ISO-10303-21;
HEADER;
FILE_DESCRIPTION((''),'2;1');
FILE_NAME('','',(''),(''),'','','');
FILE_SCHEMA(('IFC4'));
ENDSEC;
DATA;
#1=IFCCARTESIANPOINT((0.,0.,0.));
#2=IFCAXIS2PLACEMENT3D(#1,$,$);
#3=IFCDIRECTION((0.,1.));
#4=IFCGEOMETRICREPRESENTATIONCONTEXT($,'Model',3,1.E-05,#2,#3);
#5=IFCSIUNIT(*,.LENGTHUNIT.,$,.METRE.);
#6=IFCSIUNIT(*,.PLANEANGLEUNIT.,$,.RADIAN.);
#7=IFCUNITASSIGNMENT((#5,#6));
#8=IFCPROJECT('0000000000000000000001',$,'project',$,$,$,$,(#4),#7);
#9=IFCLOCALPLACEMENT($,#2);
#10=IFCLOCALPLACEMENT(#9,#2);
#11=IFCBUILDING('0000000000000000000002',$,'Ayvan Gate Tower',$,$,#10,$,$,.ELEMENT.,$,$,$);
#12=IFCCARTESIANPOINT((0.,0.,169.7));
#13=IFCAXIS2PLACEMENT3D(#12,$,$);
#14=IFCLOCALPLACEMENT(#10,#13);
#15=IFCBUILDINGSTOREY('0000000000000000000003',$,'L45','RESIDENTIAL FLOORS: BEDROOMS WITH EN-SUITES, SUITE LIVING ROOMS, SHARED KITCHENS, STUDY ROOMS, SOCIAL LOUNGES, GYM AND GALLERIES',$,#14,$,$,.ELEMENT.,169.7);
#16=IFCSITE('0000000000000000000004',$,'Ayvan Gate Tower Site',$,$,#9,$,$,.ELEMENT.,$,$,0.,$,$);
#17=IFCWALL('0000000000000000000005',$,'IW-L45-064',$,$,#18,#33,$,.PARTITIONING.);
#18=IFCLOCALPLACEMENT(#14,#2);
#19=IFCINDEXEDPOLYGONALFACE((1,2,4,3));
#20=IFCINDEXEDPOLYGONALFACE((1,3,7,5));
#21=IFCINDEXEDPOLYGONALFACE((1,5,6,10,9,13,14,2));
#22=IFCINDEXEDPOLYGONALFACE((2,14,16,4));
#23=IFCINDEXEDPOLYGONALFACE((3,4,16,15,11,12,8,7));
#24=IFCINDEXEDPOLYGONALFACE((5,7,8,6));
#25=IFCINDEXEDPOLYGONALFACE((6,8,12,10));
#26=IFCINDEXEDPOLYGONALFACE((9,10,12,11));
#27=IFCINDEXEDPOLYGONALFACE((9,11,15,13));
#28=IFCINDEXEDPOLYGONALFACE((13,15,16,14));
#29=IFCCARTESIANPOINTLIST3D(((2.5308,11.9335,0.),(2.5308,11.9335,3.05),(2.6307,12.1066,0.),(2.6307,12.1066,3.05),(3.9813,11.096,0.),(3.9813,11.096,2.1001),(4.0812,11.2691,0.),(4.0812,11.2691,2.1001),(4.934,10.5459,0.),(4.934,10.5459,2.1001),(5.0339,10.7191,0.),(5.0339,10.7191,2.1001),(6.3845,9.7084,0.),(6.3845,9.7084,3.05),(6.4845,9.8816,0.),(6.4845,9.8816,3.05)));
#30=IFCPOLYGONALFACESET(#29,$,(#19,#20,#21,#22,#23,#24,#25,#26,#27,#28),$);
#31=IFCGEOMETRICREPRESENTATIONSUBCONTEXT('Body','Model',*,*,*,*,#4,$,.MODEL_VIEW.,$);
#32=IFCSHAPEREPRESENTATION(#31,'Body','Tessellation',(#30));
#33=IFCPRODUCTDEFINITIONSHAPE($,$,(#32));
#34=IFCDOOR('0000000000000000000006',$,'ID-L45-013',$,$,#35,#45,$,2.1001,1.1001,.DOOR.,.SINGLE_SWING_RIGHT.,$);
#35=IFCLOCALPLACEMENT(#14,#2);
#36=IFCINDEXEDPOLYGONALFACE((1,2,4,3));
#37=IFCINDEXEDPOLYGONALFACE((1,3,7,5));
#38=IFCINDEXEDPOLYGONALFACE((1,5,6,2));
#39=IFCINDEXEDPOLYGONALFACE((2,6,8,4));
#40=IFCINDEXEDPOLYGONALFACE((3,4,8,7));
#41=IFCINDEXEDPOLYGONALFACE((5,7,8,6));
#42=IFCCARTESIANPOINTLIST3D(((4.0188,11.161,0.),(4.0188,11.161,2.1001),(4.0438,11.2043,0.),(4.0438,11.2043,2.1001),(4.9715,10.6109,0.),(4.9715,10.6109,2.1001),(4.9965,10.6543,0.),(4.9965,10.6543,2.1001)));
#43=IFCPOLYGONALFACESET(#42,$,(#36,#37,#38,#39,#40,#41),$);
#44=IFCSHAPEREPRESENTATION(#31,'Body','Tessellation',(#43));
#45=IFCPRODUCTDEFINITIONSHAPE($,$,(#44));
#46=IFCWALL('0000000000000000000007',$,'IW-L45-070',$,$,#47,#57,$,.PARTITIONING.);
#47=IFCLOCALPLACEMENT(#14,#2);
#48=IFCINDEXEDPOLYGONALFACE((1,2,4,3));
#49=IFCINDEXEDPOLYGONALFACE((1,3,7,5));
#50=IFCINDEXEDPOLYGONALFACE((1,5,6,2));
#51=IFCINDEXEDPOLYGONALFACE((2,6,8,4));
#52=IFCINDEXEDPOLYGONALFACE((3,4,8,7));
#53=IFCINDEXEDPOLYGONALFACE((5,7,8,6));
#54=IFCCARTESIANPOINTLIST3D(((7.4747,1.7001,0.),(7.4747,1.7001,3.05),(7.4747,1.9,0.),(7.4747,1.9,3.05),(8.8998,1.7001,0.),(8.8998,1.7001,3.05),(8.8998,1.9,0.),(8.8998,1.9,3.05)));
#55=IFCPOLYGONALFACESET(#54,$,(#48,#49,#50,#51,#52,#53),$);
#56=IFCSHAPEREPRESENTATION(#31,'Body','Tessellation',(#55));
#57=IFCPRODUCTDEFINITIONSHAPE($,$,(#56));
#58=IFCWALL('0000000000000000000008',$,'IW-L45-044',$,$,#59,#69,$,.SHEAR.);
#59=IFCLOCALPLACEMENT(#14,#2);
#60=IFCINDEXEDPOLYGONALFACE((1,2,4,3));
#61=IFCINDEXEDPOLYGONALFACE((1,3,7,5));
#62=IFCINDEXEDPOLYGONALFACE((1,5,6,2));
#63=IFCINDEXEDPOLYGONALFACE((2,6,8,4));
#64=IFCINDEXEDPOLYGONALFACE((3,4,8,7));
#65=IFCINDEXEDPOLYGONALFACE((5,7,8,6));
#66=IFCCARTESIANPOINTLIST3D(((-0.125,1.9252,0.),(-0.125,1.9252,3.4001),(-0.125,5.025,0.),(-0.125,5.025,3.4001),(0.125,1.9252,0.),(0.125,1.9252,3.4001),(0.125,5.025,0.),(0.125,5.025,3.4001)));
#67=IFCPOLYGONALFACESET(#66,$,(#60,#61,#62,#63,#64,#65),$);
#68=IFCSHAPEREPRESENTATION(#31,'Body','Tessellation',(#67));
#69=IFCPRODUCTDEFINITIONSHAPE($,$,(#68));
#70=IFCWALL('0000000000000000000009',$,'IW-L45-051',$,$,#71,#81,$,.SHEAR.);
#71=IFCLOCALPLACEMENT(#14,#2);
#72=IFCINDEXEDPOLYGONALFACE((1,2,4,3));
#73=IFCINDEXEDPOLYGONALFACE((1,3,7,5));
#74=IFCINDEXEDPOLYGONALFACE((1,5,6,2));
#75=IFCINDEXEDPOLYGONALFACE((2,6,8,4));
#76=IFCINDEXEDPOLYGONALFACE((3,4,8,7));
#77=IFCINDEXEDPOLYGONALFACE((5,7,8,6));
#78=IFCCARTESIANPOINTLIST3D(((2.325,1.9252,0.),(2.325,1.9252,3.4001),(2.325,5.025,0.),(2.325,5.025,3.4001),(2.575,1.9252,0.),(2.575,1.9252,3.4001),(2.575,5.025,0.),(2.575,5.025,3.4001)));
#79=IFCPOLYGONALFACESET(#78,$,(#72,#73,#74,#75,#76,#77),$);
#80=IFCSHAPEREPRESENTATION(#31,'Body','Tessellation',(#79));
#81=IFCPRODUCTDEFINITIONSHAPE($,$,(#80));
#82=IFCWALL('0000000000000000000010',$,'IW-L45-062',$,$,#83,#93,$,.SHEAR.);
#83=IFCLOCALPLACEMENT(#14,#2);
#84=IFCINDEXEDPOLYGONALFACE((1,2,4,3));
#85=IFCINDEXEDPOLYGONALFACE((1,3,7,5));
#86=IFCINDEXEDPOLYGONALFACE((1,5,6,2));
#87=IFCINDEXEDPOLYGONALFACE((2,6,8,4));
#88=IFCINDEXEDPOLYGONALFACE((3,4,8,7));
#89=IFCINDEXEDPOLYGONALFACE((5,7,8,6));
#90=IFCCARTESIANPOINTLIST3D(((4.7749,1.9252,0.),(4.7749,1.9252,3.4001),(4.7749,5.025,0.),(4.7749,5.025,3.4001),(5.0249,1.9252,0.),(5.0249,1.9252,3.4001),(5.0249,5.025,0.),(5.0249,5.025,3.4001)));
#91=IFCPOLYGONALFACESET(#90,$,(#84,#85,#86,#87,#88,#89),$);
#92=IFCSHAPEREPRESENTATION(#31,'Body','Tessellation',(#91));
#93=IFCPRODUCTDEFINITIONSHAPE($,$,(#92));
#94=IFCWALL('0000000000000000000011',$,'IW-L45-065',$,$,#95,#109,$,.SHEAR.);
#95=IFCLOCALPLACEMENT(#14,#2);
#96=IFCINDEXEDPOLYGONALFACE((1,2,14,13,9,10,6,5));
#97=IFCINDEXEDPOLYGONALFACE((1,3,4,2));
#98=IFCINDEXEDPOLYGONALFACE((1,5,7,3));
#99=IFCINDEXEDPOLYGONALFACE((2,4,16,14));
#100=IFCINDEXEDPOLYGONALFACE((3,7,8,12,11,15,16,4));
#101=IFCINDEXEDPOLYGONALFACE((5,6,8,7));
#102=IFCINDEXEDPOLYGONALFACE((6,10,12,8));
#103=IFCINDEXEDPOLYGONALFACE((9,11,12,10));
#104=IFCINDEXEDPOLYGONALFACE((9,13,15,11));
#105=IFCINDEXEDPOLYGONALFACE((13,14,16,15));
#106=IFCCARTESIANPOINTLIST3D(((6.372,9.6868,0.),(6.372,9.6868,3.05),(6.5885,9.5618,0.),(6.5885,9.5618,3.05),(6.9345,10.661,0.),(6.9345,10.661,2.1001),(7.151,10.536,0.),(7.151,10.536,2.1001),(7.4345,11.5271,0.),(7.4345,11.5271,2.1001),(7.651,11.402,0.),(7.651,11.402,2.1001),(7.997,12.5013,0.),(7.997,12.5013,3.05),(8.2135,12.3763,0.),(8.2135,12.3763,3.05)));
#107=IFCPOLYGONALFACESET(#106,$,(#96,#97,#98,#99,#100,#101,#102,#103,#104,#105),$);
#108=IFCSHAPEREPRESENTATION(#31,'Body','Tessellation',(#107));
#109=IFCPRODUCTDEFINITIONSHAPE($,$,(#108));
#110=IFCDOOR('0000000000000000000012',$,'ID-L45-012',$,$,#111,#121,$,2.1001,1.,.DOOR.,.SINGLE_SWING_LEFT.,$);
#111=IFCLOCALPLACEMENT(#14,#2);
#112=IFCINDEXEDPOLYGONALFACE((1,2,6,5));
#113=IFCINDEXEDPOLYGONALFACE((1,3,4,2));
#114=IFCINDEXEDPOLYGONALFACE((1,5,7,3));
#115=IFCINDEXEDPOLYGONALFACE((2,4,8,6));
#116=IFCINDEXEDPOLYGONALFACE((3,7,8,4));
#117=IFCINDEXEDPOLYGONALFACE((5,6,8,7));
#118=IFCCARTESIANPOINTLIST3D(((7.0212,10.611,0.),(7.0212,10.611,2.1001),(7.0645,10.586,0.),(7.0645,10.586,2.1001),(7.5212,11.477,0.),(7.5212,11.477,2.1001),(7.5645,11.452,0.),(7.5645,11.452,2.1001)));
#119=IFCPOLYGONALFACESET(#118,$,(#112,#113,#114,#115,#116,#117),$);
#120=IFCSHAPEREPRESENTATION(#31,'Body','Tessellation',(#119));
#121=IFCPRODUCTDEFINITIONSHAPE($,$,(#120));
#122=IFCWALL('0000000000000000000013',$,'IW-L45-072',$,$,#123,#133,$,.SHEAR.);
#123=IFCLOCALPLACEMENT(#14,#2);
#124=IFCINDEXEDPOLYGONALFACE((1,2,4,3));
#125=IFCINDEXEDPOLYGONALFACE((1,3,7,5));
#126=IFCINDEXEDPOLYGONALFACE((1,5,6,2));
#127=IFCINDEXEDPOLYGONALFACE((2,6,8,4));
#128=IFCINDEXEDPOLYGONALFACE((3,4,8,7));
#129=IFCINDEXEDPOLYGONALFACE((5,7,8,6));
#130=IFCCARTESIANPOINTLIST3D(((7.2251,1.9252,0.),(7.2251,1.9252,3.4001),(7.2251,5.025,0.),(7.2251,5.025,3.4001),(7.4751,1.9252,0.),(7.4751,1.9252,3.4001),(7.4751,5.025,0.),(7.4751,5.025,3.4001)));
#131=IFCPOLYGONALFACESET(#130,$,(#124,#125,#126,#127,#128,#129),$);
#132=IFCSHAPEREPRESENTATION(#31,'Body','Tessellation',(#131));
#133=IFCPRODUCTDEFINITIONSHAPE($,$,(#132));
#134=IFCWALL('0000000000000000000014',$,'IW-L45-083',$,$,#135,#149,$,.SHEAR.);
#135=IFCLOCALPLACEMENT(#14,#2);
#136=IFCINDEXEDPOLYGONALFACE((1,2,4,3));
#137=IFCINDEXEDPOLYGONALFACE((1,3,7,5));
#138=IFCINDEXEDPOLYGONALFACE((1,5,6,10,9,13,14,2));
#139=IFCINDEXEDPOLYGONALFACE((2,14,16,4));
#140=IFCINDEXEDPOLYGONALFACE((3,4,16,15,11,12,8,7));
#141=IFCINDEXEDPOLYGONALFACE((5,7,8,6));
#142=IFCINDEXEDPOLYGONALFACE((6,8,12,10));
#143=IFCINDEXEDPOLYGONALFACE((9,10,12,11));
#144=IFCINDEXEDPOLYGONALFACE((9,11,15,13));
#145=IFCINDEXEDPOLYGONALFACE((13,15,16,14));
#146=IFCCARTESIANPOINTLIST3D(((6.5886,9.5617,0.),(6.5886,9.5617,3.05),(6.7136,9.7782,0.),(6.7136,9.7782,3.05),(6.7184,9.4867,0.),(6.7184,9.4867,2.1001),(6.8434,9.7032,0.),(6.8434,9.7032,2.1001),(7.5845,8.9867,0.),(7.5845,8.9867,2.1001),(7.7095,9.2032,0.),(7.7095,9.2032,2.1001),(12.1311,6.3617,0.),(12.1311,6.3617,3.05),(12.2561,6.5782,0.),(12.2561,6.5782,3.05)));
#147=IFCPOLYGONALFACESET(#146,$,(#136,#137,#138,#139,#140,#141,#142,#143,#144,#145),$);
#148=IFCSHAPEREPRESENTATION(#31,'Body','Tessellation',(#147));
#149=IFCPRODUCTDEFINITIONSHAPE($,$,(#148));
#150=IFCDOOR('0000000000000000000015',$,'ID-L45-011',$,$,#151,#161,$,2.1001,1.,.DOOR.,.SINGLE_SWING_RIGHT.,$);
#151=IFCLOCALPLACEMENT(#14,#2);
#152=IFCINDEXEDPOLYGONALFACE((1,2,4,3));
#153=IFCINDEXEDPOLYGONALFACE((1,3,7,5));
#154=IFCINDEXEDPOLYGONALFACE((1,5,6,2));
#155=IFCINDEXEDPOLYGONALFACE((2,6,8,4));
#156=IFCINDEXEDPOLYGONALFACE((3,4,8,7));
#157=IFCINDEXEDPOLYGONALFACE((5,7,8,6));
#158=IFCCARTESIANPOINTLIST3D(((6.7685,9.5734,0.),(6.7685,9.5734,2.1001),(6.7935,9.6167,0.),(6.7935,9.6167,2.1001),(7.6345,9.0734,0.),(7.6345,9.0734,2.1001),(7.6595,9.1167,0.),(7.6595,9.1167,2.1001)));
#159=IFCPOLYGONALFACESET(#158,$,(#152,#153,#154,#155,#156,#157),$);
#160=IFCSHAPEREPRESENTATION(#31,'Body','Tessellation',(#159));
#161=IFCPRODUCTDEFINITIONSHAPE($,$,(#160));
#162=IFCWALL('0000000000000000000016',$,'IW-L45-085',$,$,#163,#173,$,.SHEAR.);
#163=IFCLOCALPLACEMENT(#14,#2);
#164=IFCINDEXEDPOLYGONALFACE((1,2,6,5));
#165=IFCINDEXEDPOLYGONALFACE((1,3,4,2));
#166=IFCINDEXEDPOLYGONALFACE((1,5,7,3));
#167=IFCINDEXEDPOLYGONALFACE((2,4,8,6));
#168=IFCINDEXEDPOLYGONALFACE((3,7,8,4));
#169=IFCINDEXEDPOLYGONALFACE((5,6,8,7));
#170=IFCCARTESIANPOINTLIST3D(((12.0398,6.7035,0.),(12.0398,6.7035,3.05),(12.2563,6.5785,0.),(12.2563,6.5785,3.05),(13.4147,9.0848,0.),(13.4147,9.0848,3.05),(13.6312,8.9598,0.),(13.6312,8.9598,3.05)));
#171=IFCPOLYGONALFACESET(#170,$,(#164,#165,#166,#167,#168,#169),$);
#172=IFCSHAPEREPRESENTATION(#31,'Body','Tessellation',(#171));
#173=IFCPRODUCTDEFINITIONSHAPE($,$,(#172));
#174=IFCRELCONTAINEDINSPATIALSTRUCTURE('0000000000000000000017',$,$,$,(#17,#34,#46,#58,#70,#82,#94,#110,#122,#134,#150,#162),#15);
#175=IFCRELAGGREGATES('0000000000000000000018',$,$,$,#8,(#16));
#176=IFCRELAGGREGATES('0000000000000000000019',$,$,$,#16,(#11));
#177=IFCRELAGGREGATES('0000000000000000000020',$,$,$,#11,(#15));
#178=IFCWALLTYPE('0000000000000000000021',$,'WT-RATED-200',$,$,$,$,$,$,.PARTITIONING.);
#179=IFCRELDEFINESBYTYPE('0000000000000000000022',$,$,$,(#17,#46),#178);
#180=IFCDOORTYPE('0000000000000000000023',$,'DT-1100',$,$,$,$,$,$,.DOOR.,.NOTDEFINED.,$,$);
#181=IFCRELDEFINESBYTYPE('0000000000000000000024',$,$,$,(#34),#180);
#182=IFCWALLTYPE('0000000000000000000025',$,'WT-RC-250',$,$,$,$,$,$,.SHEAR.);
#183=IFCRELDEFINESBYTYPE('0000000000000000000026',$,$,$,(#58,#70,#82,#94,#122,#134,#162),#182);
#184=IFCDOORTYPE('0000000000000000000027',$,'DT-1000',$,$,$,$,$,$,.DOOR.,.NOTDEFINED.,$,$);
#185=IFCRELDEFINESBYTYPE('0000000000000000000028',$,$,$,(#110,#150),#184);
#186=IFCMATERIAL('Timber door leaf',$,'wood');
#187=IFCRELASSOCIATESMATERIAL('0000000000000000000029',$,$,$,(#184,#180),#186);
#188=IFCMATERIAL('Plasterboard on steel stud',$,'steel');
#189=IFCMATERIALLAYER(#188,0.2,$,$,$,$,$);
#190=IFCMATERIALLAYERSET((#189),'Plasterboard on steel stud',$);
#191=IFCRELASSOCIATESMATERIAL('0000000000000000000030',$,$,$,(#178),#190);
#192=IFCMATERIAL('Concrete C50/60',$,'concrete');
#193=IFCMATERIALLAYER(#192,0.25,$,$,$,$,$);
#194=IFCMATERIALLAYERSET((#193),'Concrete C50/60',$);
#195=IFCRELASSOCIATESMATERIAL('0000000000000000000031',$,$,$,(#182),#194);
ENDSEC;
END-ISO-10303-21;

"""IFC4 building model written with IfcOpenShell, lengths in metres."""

from ifc_helpers import new_model, si_unit, direction, frame, frame_2d, origin, place, context, subcontext, project, spatial, rectangle, extrude, material, layer, layer_set, type_object, element, fill, save


model = new_model("IFC4")

# Units and contexts
model_context = context("Model", 3, precision=1e-05, world=origin(), true_north=direction((0.0, 1.0)))
body_context = subcontext(model_context, "Body", "Model", "MODEL_VIEW")
ifc_project = project(units=[si_unit("LENGTHUNIT", "METRE"), si_unit("PLANEANGLEUNIT", "RADIAN")], contexts=[model_context])

# Site, building, storey
site_placement = place(None, origin())
site = spatial("IfcSite", under=ifc_project, at=site_placement, Name="Ayvan Gate Tower Site", CompositionType="ELEMENT", RefElevation=0.0)
building_placement = place(site_placement, origin())
building = spatial("IfcBuilding", under=site, at=building_placement, Name="Ayvan Gate Tower", CompositionType="ELEMENT")
storey_placement = place(building_placement, frame((0.0, 0.0, 169.7)))
storey = spatial("IfcBuildingStorey", under=building, at=storey_placement, Name="L45", Description="RESIDENTIAL FLOORS: BEDROOMS WITH EN-SUITES, SUITE LIVING ROOMS, SHARED KITCHENS, STUDY ROOMS, SOCIAL LOUNGES, GYM AND GALLERIES", CompositionType="ELEMENT", Elevation=169.7)

# Shared definitions
ifc_material_1 = material(Name="Timber door leaf", Category="wood")

# Shared definitions
ifc_material_2 = material(Name="Plasterboard on steel stud", Category="steel")
door_type_1 = type_object("IfcDoorType", Name="DT-1000", OperationType="NOTDEFINED", PredefinedType="DOOR", material=ifc_material_1)

# Shared definitions
ifc_layer_1 = layer(ifc_material_2, 0.2)
ifc_layer_set_1 = layer_set([ifc_layer_1], Name="Plasterboard on steel stud")
wall_type_1 = type_object("IfcWallType", Name="WT-RATED-200", PredefinedType="PARTITIONING", material=ifc_layer_set_1)

# Wall, opening, door
wall_1_placement = place(storey_placement, frame((6.4346, 9.7949, 0.0), z_axis=(0.0, 0.0, 1.0), x_axis=(-0.866013, 0.500022, 0.0)))
wall_1 = element("IfcWall", 1, at=wall_1_placement, inside=storey, type_object=wall_type_1, Name="IW-L45-064", PredefinedType="PARTITIONING", context=body_context, shape_type="SweptSolid", body=[
    extrude(rectangle(XDim=4.45, YDim=0.2, at=frame_2d((2.2251, 0.0))), origin(), (0.0, 0.0, 1.0), 3.05),
])
opening_1_placement = place(wall_1_placement, frame((1.675, 0.0, 0.0)))
opening_1 = element("IfcOpeningElement", 2, at=opening_1_placement, cuts=wall_1, PredefinedType="OPENING", context=body_context, shape_type="SweptSolid", body=[
    extrude(rectangle(XDim=1.1001, YDim=2.1001, at=frame_2d((0.55, 1.05))), frame((0.0, 0.1099, 0.0), z_axis=(0.0, -1.0, 0.0), x_axis=(1.0, 0.0, 0.0)), (0.0, 0.0, 1.0), 0.22),
])
door_type_2 = type_object("IfcDoorType", Name="DT-1100", OperationType="NOTDEFINED", PredefinedType="DOOR", material=ifc_material_1)
door_1_placement = place(opening_1_placement, origin())
door_1 = element("IfcDoor", 3, at=door_1_placement, inside=storey, type_object=door_type_2, Name="ID-L45-013", OperationType="SINGLE_SWING_RIGHT", OverallHeight=2.1001, OverallWidth=1.1001, PredefinedType="DOOR", context=body_context, shape_type="SweptSolid", body=[
    extrude(rectangle(XDim=1.1001, YDim=2.1001, at=frame_2d((0.55, 1.05))), frame((0.0, 0.0249, 0.0), z_axis=(0.0, -1.0, 0.0), x_axis=(1.0, 0.0, 0.0)), (0.0, 0.0, 1.0), 0.05),
])
fill(opening_1, door_1)

# Walls
wall_2_placement = place(storey_placement, frame((7.4749, 1.8, 0.0), z_axis=(0.0, 0.0, 1.0), x_axis=(1.0, 0.0, 0.0)))
element("IfcWall", 4, at=wall_2_placement, inside=storey, type_object=wall_type_1, Name="IW-L45-070", PredefinedType="PARTITIONING", context=body_context, shape_type="SweptSolid", body=[
    extrude(rectangle(XDim=1.425, YDim=0.2, at=frame_2d((0.7124, 0.0))), origin(), (0.0, 0.0, 1.0), 3.05),
])
ifc_material_3 = material(Name="Concrete C50/60", Category="concrete")
ifc_layer_2 = layer(ifc_material_3, 0.25)
ifc_layer_set_2 = layer_set([ifc_layer_2], Name="Concrete C50/60")
wall_type_2 = type_object("IfcWallType", Name="WT-RC-250", PredefinedType="SHEAR", material=ifc_layer_set_2)
for number, where, z_axis, x_axis, name in (
    (5, (0.0, 5.0249, 0.0), (0.0, 0.0, 1.0), (0.0, -1.0, 0.0), "IW-L45-044"),
    (6, (2.45, 5.0249, 0.0), (0.0, 0.0, 1.0), (0.0, -1.0, 0.0), "IW-L45-051"),
    (7, (4.8999, 5.0249, 0.0), (0.0, 0.0, 1.0), (0.0, -1.0, 0.0), "IW-L45-062"),
):
    element("IfcWall", number, at=place(storey_placement, frame(where, z_axis=z_axis, x_axis=x_axis)), inside=storey, type_object=wall_type_2, Name=name, PredefinedType="SHEAR", context=body_context, shape_type="SweptSolid", body=[
        extrude(rectangle(XDim=3.0999, YDim=0.25, at=frame_2d((1.5498, 0.0))), origin(), (0.0, 0.0, 1.0), 3.4001),
    ])

# Wall, opening, door
wall_3_placement = place(storey_placement, frame((6.4802, 9.6243, 0.0), z_axis=(0.0, 0.0, 1.0), x_axis=(0.500017, 0.866015, 0.0)))
wall_3 = element("IfcWall", 8, at=wall_3_placement, inside=storey, type_object=wall_type_2, Name="IW-L45-065", PredefinedType="SHEAR", context=body_context, shape_type="SweptSolid", body=[
    extrude(rectangle(XDim=3.25, YDim=0.25, at=frame_2d((1.625, 0.0))), origin(), (0.0, 0.0, 1.0), 3.05),
])
opening_2_placement = place(wall_3_placement, frame((1.125, 0.0, 0.0)))
opening_2 = element("IfcOpeningElement", 9, at=opening_2_placement, cuts=wall_3, PredefinedType="OPENING", context=body_context, shape_type="SweptSolid", body=[
    extrude(rectangle(XDim=1.0, YDim=2.1001, at=frame_2d((0.5, 1.05))), frame((0.0, 0.135, 0.0), z_axis=(0.0, -1.0, 0.0), x_axis=(1.0, 0.0, 0.0)), (0.0, 0.0, 1.0), 0.27),
])
door_2_placement = place(opening_2_placement, origin())
door_2 = element("IfcDoor", 10, at=door_2_placement, inside=storey, type_object=door_type_1, Name="ID-L45-012", OperationType="SINGLE_SWING_LEFT", OverallHeight=2.1001, OverallWidth=1.0, PredefinedType="DOOR", context=body_context, shape_type="SweptSolid", body=[
    extrude(rectangle(XDim=1.0, YDim=2.1001, at=frame_2d((0.5, 1.05))), frame((0.0, 0.0249, 0.0), z_axis=(0.0, -1.0, 0.0), x_axis=(1.0, 0.0, 0.0)), (0.0, 0.0, 1.0), 0.05),
])
fill(opening_2, door_2)

# Wall
wall_4_placement = place(storey_placement, frame((7.3501, 5.0249, 0.0), z_axis=(0.0, 0.0, 1.0), x_axis=(0.0, -1.0, 0.0)))
element("IfcWall", 11, at=wall_4_placement, inside=storey, type_object=wall_type_2, Name="IW-L45-072", PredefinedType="SHEAR", context=body_context, shape_type="SweptSolid", body=[
    extrude(rectangle(XDim=3.0999, YDim=0.25, at=frame_2d((1.5498, 0.0))), origin(), (0.0, 0.0, 1.0), 3.4001),
])

# Wall, opening, door
wall_5_placement = place(storey_placement, frame((12.1936, 6.47, 0.0), z_axis=(0.0, 0.0, 1.0), x_axis=(-0.866025, 0.5, 0.0)))
wall_5 = element("IfcWall", 12, at=wall_5_placement, inside=storey, type_object=wall_type_2, Name="IW-L45-083", PredefinedType="SHEAR", context=body_context, shape_type="SweptSolid", body=[
    extrude(rectangle(XDim=6.3999, YDim=0.25, at=frame_2d((3.2, 0.0))), origin(), (0.0, 0.0, 1.0), 3.05),
])
opening_3_placement = place(wall_5_placement, frame((5.25, 0.0, 0.0)))
opening_3 = element("IfcOpeningElement", 13, at=opening_3_placement, cuts=wall_5, PredefinedType="OPENING", context=body_context, shape_type="SweptSolid", body=[
    extrude(rectangle(XDim=1.0, YDim=2.1001, at=frame_2d((0.5, 1.05))), frame((0.0, 0.135, 0.0), z_axis=(0.0, -1.0, 0.0), x_axis=(1.0, 0.0, 0.0)), (0.0, 0.0, 1.0), 0.27),
])
door_3_placement = place(opening_3_placement, origin())
door_3 = element("IfcDoor", 14, at=door_3_placement, inside=storey, type_object=door_type_1, Name="ID-L45-011", OperationType="SINGLE_SWING_RIGHT", OverallHeight=2.1001, OverallWidth=1.0, PredefinedType="DOOR", context=body_context, shape_type="SweptSolid", body=[
    extrude(rectangle(XDim=1.0, YDim=2.1001, at=frame_2d((0.5, 1.05))), frame((0.0, 0.0249, 0.0), z_axis=(0.0, -1.0, 0.0), x_axis=(1.0, 0.0, 0.0)), (0.0, 0.0, 1.0), 0.05),
])
fill(opening_3, door_3)

# Wall
wall_6_placement = place(storey_placement, frame((12.1479, 6.6409, 0.0), z_axis=(0.0, 0.0, 1.0), x_axis=(0.500035, 0.866005, 0.0)))
element("IfcWall", 15, at=wall_6_placement, inside=storey, type_object=wall_type_2, Name="IW-L45-085", PredefinedType="SHEAR", context=body_context, shape_type="SweptSolid", body=[
    extrude(rectangle(XDim=2.7498, YDim=0.25, at=frame_2d((1.375, 0.0))), origin(), (0.0, 0.0, 1.0), 3.05),
])

save(model, "model.ifc")
